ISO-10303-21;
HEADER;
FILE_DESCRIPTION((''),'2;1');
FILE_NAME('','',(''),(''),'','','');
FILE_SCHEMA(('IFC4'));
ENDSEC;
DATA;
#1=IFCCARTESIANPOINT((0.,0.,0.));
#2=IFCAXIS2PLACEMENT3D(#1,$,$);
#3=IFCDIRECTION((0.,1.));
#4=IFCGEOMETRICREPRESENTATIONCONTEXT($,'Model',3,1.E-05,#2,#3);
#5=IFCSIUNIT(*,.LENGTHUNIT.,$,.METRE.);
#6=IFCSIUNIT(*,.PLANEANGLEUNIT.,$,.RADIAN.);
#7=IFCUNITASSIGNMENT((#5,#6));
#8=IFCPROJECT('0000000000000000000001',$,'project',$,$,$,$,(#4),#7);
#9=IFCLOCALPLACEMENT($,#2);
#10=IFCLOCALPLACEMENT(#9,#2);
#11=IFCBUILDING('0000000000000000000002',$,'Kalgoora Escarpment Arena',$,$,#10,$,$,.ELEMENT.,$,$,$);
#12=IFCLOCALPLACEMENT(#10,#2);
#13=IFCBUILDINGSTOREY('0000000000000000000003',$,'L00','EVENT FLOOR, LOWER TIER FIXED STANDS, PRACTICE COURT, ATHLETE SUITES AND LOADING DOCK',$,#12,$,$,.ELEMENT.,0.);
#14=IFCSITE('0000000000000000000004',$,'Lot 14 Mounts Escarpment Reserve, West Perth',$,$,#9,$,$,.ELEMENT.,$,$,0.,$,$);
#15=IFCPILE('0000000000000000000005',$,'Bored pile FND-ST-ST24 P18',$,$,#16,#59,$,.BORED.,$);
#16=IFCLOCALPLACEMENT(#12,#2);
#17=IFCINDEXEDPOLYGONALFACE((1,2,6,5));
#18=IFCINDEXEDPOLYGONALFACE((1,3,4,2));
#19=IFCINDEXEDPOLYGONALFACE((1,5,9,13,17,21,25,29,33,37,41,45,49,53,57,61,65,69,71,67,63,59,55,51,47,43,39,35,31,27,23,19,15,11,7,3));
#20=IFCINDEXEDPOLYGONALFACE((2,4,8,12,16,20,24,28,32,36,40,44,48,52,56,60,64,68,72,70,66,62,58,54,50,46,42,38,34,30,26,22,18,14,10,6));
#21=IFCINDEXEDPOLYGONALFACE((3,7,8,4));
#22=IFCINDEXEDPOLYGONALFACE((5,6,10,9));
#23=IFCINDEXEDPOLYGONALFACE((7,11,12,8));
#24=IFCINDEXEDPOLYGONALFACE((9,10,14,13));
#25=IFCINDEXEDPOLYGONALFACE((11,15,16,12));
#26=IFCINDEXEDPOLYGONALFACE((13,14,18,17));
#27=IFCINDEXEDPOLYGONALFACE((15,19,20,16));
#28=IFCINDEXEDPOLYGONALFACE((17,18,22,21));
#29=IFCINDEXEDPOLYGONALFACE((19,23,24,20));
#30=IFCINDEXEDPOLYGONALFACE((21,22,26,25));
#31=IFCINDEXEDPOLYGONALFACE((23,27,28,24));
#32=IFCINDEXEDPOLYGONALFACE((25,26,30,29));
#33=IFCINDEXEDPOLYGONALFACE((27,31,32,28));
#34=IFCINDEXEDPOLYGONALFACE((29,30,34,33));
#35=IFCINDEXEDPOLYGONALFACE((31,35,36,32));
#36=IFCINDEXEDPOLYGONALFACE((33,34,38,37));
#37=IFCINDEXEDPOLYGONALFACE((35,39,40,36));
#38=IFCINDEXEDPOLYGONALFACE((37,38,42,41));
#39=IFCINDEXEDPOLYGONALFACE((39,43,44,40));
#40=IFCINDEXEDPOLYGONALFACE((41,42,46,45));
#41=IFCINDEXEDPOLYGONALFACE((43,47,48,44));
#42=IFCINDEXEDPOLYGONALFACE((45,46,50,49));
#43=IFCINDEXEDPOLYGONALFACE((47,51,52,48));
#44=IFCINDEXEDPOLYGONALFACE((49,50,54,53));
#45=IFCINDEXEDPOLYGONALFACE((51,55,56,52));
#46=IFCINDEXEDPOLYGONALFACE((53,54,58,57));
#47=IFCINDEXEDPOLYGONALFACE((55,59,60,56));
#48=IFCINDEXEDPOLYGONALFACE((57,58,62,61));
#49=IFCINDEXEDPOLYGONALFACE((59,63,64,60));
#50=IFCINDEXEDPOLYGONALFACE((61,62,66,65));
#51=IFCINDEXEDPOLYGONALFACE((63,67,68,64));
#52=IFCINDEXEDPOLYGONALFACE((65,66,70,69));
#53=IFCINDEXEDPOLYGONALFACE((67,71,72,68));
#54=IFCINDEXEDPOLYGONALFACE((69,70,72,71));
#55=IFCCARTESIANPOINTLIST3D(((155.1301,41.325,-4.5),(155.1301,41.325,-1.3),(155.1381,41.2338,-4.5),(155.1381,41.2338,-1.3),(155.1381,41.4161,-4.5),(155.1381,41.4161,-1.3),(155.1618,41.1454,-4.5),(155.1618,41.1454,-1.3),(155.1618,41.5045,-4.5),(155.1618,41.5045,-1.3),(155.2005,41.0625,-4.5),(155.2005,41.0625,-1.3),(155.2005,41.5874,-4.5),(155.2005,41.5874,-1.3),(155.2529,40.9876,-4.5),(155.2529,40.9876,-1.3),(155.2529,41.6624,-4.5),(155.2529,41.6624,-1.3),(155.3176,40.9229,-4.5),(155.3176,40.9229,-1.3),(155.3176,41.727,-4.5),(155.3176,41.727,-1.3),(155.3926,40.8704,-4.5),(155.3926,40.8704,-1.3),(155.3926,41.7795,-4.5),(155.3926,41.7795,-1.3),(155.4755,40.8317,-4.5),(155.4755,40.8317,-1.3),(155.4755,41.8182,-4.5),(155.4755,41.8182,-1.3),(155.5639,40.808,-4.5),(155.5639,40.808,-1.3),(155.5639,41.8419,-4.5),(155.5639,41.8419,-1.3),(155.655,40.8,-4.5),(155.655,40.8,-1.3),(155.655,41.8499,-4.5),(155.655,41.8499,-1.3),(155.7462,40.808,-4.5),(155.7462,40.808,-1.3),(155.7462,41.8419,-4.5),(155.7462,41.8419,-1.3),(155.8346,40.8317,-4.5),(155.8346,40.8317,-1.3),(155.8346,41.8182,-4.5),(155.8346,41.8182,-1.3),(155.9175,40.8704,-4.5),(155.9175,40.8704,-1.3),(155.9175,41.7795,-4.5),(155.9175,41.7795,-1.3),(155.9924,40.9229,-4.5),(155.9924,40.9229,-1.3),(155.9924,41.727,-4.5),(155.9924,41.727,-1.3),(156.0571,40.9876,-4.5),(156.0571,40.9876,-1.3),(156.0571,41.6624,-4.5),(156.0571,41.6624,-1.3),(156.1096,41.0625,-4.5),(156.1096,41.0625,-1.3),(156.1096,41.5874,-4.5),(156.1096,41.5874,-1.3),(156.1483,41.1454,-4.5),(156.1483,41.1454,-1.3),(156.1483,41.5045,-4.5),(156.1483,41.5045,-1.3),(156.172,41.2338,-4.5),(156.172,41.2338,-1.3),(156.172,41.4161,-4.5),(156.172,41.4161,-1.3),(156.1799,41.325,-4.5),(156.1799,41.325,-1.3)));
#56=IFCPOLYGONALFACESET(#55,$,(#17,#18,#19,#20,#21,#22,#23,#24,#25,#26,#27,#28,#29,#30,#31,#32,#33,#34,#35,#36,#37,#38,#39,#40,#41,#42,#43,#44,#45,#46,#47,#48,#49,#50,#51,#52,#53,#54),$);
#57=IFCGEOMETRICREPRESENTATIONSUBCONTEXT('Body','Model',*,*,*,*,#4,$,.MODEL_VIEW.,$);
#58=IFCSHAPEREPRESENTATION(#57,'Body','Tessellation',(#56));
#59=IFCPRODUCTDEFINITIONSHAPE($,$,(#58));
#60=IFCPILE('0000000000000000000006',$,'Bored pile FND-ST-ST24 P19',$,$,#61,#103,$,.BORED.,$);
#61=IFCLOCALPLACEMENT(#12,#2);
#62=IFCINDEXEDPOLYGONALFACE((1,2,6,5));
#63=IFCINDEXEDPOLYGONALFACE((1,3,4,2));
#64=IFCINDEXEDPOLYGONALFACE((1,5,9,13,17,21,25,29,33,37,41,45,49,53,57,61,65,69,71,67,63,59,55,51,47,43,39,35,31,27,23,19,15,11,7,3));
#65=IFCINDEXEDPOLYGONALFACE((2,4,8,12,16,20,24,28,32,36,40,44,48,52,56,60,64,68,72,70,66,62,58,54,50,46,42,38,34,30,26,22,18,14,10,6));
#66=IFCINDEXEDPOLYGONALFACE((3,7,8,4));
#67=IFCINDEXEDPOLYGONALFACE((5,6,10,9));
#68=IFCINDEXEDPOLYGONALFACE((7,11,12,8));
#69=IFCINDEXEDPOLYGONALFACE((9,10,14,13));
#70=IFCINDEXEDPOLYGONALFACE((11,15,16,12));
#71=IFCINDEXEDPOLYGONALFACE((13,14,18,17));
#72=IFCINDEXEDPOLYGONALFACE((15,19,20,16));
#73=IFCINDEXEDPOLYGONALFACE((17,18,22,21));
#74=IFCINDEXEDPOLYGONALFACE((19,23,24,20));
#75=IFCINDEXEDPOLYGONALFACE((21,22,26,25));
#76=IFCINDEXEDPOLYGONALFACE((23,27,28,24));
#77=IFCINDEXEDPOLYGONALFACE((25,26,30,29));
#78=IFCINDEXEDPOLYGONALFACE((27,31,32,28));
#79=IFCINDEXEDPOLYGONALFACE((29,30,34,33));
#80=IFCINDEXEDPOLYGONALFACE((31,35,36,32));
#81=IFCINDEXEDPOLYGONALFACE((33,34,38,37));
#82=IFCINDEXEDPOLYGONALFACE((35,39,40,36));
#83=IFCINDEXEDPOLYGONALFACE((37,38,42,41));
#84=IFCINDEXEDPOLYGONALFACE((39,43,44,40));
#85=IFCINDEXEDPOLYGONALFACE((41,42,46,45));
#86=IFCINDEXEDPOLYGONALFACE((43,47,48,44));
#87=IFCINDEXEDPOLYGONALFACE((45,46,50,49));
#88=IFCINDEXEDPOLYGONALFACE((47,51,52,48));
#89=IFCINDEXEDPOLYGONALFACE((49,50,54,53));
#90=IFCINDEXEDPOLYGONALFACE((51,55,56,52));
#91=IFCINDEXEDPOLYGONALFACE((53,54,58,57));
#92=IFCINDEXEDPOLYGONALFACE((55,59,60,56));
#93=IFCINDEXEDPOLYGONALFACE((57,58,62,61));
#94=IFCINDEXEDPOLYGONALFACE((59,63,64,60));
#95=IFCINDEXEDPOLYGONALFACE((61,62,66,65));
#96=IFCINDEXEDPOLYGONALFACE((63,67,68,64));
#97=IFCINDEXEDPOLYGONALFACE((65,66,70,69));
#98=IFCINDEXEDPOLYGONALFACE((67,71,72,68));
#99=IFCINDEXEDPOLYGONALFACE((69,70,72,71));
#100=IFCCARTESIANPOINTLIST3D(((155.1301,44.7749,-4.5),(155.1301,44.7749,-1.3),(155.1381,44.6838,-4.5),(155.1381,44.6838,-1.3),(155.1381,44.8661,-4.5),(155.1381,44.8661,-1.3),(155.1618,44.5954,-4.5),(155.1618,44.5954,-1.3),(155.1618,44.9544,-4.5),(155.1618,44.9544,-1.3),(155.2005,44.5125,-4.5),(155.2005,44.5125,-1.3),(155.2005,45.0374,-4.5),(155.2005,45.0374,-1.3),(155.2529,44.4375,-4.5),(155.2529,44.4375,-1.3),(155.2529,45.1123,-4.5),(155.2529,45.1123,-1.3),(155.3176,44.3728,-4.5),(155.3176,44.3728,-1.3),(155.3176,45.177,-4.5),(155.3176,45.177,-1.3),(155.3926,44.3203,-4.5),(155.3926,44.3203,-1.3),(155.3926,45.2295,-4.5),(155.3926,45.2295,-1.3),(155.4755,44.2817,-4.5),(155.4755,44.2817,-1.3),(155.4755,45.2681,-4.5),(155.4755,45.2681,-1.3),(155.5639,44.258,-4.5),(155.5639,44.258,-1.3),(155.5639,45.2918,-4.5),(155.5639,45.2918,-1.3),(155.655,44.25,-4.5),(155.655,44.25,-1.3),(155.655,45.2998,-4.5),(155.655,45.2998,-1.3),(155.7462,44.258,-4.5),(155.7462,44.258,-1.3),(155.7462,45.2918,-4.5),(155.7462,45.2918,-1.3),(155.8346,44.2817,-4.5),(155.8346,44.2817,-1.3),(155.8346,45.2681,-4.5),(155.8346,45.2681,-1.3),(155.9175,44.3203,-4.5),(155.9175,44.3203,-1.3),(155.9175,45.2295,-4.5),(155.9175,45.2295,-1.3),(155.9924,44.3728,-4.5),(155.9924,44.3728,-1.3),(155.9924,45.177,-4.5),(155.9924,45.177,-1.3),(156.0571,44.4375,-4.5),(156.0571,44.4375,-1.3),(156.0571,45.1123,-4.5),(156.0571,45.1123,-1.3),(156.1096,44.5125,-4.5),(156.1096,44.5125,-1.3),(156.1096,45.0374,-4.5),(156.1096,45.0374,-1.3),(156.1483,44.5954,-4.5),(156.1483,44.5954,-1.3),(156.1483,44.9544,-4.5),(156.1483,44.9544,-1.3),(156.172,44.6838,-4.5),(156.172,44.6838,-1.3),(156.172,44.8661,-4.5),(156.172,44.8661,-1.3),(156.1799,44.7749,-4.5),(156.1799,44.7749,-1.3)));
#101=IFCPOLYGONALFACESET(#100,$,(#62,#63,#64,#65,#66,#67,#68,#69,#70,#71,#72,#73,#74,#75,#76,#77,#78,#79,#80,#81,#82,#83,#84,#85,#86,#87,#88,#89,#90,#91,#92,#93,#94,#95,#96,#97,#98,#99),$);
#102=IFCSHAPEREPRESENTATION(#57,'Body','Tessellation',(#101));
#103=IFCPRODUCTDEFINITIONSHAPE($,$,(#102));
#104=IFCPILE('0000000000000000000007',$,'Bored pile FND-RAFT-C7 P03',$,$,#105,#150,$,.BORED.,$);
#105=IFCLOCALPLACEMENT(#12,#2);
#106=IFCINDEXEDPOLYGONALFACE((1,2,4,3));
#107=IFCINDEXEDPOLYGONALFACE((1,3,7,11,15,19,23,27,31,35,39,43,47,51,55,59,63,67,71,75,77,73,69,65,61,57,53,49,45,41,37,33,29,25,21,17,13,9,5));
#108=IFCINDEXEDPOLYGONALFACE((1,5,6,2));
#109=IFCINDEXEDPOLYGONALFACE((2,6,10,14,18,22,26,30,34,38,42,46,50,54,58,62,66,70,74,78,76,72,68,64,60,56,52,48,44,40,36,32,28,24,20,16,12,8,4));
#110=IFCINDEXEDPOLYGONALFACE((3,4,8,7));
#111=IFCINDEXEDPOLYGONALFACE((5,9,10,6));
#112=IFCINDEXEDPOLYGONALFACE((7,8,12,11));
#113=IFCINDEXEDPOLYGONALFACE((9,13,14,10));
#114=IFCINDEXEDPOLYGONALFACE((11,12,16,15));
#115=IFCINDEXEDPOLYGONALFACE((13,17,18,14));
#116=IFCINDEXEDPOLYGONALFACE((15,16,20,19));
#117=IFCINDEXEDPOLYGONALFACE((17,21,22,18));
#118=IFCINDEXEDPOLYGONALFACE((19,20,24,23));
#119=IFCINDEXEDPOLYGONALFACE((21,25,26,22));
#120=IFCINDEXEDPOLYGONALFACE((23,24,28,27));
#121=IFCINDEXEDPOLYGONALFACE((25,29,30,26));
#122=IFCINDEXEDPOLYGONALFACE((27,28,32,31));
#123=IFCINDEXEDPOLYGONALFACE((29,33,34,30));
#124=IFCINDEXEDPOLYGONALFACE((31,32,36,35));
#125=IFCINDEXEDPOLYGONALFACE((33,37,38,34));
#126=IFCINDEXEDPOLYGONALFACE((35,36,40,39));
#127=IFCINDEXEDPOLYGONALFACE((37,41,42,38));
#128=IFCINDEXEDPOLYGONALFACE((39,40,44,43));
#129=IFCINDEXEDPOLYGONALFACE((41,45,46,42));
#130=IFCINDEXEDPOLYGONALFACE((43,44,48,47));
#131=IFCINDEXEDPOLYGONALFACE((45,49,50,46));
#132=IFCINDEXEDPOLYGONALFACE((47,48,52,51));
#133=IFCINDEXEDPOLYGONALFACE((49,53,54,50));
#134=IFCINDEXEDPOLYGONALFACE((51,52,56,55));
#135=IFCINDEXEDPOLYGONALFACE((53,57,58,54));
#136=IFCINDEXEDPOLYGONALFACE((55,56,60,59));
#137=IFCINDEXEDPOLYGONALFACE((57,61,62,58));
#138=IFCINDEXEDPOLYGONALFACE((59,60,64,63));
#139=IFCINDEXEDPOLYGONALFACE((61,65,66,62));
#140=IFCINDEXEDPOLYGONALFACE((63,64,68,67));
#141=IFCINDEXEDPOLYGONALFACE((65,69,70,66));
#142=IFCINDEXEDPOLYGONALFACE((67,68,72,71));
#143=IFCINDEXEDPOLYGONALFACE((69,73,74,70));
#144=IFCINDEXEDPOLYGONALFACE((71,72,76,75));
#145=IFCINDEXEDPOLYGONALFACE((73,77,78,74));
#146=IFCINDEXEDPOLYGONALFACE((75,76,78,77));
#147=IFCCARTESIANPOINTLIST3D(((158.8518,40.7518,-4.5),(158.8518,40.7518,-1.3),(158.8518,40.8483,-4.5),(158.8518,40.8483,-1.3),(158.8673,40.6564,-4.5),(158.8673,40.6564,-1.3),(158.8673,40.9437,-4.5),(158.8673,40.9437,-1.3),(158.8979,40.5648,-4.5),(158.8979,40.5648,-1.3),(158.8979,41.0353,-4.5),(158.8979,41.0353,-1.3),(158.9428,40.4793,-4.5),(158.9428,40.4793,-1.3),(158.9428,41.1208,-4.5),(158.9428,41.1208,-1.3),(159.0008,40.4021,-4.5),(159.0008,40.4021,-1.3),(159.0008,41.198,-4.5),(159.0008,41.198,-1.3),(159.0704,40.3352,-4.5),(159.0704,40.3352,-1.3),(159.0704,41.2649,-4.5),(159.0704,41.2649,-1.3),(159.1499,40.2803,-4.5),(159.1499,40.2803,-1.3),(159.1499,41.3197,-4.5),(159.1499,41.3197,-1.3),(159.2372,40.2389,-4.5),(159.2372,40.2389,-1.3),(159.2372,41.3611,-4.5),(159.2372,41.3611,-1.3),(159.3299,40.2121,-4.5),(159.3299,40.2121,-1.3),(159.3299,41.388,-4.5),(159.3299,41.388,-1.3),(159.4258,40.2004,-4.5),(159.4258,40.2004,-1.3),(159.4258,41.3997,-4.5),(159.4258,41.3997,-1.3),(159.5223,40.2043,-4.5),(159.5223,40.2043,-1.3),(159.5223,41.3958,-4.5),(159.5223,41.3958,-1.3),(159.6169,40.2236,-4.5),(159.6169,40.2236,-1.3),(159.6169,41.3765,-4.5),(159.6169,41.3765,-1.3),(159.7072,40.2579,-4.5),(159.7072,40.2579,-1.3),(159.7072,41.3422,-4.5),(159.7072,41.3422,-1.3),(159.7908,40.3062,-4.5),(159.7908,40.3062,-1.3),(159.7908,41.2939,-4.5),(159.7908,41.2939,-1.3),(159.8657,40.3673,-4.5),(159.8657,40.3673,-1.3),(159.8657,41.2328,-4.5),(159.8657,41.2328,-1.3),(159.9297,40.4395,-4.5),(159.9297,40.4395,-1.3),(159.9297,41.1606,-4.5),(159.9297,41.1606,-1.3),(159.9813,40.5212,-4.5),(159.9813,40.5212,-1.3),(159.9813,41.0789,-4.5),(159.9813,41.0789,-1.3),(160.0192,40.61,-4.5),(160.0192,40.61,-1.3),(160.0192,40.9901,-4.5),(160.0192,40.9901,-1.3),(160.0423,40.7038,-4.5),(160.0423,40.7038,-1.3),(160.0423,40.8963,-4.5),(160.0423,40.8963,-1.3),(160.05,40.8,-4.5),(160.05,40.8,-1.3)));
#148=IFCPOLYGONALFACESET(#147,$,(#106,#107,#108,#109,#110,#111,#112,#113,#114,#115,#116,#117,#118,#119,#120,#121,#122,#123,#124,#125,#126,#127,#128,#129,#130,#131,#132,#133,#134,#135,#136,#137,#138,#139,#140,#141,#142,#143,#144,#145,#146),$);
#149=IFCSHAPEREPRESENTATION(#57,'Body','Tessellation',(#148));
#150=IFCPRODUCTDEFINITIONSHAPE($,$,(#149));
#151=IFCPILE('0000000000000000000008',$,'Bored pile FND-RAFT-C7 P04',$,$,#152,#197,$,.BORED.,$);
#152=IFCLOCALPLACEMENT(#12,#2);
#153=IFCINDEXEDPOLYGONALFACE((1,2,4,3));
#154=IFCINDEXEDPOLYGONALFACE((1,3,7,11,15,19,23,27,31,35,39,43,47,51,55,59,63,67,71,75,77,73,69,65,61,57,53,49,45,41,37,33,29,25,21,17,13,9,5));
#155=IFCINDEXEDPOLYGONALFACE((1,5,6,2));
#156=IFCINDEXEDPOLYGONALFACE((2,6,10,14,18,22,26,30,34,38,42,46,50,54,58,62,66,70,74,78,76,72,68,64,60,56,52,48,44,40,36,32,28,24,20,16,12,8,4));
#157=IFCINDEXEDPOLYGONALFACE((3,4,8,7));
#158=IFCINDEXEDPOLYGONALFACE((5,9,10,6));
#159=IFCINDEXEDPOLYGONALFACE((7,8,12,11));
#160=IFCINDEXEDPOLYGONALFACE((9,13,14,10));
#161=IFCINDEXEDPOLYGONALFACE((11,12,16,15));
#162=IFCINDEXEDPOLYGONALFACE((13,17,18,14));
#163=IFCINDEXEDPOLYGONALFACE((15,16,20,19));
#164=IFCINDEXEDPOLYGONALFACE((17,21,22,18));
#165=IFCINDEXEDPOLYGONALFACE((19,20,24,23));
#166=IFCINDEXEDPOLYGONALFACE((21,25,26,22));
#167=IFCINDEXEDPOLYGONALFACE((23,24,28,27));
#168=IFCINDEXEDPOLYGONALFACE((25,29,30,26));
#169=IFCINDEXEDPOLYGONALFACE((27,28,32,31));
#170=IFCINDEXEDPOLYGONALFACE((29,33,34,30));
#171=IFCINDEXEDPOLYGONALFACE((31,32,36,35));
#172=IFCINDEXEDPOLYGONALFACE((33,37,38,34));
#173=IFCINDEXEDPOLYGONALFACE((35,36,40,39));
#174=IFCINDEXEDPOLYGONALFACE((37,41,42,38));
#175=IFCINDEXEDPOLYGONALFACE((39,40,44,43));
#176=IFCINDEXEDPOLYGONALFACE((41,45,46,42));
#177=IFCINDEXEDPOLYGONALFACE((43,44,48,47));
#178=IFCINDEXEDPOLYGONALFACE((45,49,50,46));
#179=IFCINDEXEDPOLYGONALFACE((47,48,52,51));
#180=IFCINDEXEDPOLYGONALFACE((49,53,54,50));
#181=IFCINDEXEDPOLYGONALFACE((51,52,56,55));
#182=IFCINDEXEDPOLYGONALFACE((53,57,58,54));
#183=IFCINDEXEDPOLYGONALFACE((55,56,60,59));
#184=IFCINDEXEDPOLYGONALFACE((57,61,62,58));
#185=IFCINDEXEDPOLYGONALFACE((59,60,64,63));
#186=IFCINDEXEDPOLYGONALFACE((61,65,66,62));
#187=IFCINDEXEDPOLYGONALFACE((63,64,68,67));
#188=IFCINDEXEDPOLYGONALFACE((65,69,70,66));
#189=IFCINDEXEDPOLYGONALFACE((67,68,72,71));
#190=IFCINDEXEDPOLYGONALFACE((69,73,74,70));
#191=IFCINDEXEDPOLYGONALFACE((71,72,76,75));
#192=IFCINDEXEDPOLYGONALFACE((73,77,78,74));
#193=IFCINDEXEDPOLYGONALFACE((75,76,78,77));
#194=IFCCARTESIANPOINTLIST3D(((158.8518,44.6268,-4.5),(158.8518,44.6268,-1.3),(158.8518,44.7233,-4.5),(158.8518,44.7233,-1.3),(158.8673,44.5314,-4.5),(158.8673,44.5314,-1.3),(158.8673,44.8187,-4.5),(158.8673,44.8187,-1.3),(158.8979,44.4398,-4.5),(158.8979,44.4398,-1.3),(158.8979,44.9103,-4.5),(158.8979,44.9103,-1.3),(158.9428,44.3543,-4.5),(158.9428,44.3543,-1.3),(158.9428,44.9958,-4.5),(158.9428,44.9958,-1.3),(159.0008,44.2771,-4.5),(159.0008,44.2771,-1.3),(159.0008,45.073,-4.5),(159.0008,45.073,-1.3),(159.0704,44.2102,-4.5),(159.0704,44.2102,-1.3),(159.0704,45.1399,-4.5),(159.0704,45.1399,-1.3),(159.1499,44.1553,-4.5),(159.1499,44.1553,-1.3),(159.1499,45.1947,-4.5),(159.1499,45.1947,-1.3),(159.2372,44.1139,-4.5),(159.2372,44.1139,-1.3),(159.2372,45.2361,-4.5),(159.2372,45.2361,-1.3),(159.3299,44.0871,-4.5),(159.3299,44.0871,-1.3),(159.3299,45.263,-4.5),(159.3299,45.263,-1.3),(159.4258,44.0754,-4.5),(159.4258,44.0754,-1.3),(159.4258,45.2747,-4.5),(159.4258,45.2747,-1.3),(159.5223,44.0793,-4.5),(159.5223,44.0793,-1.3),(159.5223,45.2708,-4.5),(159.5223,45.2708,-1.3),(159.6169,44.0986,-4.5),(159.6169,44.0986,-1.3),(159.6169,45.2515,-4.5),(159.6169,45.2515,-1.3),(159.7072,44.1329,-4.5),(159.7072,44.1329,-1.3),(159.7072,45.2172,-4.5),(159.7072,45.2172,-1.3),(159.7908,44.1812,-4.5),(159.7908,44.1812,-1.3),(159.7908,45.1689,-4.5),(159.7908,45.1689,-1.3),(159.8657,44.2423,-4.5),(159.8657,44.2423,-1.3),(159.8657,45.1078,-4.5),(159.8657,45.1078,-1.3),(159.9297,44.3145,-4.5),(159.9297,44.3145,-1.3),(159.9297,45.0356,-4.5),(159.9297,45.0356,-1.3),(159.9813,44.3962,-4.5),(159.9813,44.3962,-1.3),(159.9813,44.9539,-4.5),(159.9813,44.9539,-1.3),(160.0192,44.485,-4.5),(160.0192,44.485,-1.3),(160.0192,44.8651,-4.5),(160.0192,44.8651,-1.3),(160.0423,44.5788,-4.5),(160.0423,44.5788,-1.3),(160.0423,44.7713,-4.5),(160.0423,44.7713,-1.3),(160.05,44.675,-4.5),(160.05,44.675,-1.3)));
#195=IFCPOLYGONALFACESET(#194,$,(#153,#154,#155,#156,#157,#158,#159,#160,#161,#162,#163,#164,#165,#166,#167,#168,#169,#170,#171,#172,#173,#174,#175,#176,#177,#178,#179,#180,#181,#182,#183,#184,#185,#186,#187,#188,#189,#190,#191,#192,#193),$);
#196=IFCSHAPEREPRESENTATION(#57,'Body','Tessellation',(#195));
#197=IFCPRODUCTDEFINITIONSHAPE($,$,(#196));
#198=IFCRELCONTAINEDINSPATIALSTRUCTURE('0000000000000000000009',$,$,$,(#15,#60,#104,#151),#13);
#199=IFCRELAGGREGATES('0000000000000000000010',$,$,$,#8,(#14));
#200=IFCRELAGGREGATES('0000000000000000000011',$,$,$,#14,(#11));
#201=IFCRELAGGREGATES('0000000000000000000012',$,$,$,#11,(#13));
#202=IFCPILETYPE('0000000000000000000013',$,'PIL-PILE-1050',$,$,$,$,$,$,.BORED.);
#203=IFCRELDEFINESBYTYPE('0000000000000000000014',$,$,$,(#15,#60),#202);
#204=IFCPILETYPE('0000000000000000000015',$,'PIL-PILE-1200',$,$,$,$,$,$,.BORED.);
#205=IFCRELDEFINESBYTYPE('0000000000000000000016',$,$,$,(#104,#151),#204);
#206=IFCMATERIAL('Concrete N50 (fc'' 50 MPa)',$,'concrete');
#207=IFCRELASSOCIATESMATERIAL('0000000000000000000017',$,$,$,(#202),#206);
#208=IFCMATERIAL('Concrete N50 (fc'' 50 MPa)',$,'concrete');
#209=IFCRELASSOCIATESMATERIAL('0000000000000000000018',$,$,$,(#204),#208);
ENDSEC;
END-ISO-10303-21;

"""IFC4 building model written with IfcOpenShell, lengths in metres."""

from ifc_helpers import new_model, si_unit, direction, frame, origin, origin_2d, place, context, subcontext, project, spatial, circle, extrude, material, material_profile, profile_set, type_object, element, save


model = new_model("IFC4")

# Units and contexts
model_context = context("Model", 3, precision=1e-05, world=origin(), true_north=direction((0.0, 1.0)))
body_context = subcontext(model_context, "Body", "Model", "MODEL_VIEW")
ifc_project = project(units=[si_unit("LENGTHUNIT", "METRE"), si_unit("PLANEANGLEUNIT", "RADIAN")], contexts=[model_context])

# Site, building, storey
site_placement = place(None, origin())
site = spatial("IfcSite", under=ifc_project, at=site_placement, Name="Lot 14 Mounts Escarpment Reserve, West Perth", CompositionType="ELEMENT", RefElevation=0.0)
building_placement = place(site_placement, origin())
building = spatial("IfcBuilding", under=site, at=building_placement, Name="Kalgoora Escarpment Arena", CompositionType="ELEMENT")
storey_placement = place(building_placement, origin())
storey = spatial("IfcBuildingStorey", under=building, at=storey_placement, Name="L00", Description="EVENT FLOOR, LOWER TIER FIXED STANDS, PRACTICE COURT, ATHLETE SUITES AND LOADING DOCK", CompositionType="ELEMENT", Elevation=0.0)

# Piles
ifc_material_1 = material(Name="Concrete N50 (fc' 50 MPa)", Category="concrete")
ifc_material_profile_1 = material_profile(ifc_material_1, circle(Radius=0.5249, at=origin_2d()))
ifc_profile_set_1 = profile_set([ifc_material_profile_1], Name="Concrete N50 (fc' 50 MPa)")
pile_type_1 = type_object("IfcPileType", Name="PIL-PILE-1050", PredefinedType="BORED", material=ifc_profile_set_1)
for number, where, z_axis, x_axis, name in (
    (1, (155.655, 41.325, -1.3), (0.0, 0.0, -1.0), (1.0, 0.0, 0.0), "Bored pile FND-ST-ST24 P18"),
    (2, (155.655, 44.7749, -1.3), (0.0, 0.0, -1.0), (1.0, 0.0, 0.0), "Bored pile FND-ST-ST24 P19"),
):
    element("IfcPile", number, at=place(storey_placement, frame(where, z_axis=z_axis, x_axis=x_axis)), inside=storey, type_object=pile_type_1, Name=name, PredefinedType="BORED", context=body_context, shape_type="SweptSolid", body=[
        extrude(circle(Radius=0.5249, at=origin_2d()), origin(), (0.0, 0.0, 1.0), 3.2),
    ])
ifc_material_2 = material(Name="Concrete N50 (fc' 50 MPa)", Category="concrete")
ifc_material_profile_2 = material_profile(ifc_material_2, circle(Radius=0.6001, at=origin_2d()))
ifc_profile_set_2 = profile_set([ifc_material_profile_2], Name="Concrete N50 (fc' 50 MPa)")
pile_type_2 = type_object("IfcPileType", Name="PIL-PILE-1200", PredefinedType="BORED", material=ifc_profile_set_2)
for number, where, z_axis, x_axis, name in (
    (3, (159.45, 40.8, -1.3), (0.0, 0.0, -1.0), (1.0, 0.0, 0.0), "Bored pile FND-RAFT-C7 P03"),
    (4, (159.45, 44.675, -1.3), (0.0, 0.0, -1.0), (1.0, 0.0, 0.0), "Bored pile FND-RAFT-C7 P04"),
):
    element("IfcPile", number, at=place(storey_placement, frame(where, z_axis=z_axis, x_axis=x_axis)), inside=storey, type_object=pile_type_2, Name=name, PredefinedType="BORED", context=body_context, shape_type="SweptSolid", body=[
        extrude(circle(Radius=0.6001, at=origin_2d()), origin(), (0.0, 0.0, 1.0), 3.2),
    ])

save(model, "model.ifc")
